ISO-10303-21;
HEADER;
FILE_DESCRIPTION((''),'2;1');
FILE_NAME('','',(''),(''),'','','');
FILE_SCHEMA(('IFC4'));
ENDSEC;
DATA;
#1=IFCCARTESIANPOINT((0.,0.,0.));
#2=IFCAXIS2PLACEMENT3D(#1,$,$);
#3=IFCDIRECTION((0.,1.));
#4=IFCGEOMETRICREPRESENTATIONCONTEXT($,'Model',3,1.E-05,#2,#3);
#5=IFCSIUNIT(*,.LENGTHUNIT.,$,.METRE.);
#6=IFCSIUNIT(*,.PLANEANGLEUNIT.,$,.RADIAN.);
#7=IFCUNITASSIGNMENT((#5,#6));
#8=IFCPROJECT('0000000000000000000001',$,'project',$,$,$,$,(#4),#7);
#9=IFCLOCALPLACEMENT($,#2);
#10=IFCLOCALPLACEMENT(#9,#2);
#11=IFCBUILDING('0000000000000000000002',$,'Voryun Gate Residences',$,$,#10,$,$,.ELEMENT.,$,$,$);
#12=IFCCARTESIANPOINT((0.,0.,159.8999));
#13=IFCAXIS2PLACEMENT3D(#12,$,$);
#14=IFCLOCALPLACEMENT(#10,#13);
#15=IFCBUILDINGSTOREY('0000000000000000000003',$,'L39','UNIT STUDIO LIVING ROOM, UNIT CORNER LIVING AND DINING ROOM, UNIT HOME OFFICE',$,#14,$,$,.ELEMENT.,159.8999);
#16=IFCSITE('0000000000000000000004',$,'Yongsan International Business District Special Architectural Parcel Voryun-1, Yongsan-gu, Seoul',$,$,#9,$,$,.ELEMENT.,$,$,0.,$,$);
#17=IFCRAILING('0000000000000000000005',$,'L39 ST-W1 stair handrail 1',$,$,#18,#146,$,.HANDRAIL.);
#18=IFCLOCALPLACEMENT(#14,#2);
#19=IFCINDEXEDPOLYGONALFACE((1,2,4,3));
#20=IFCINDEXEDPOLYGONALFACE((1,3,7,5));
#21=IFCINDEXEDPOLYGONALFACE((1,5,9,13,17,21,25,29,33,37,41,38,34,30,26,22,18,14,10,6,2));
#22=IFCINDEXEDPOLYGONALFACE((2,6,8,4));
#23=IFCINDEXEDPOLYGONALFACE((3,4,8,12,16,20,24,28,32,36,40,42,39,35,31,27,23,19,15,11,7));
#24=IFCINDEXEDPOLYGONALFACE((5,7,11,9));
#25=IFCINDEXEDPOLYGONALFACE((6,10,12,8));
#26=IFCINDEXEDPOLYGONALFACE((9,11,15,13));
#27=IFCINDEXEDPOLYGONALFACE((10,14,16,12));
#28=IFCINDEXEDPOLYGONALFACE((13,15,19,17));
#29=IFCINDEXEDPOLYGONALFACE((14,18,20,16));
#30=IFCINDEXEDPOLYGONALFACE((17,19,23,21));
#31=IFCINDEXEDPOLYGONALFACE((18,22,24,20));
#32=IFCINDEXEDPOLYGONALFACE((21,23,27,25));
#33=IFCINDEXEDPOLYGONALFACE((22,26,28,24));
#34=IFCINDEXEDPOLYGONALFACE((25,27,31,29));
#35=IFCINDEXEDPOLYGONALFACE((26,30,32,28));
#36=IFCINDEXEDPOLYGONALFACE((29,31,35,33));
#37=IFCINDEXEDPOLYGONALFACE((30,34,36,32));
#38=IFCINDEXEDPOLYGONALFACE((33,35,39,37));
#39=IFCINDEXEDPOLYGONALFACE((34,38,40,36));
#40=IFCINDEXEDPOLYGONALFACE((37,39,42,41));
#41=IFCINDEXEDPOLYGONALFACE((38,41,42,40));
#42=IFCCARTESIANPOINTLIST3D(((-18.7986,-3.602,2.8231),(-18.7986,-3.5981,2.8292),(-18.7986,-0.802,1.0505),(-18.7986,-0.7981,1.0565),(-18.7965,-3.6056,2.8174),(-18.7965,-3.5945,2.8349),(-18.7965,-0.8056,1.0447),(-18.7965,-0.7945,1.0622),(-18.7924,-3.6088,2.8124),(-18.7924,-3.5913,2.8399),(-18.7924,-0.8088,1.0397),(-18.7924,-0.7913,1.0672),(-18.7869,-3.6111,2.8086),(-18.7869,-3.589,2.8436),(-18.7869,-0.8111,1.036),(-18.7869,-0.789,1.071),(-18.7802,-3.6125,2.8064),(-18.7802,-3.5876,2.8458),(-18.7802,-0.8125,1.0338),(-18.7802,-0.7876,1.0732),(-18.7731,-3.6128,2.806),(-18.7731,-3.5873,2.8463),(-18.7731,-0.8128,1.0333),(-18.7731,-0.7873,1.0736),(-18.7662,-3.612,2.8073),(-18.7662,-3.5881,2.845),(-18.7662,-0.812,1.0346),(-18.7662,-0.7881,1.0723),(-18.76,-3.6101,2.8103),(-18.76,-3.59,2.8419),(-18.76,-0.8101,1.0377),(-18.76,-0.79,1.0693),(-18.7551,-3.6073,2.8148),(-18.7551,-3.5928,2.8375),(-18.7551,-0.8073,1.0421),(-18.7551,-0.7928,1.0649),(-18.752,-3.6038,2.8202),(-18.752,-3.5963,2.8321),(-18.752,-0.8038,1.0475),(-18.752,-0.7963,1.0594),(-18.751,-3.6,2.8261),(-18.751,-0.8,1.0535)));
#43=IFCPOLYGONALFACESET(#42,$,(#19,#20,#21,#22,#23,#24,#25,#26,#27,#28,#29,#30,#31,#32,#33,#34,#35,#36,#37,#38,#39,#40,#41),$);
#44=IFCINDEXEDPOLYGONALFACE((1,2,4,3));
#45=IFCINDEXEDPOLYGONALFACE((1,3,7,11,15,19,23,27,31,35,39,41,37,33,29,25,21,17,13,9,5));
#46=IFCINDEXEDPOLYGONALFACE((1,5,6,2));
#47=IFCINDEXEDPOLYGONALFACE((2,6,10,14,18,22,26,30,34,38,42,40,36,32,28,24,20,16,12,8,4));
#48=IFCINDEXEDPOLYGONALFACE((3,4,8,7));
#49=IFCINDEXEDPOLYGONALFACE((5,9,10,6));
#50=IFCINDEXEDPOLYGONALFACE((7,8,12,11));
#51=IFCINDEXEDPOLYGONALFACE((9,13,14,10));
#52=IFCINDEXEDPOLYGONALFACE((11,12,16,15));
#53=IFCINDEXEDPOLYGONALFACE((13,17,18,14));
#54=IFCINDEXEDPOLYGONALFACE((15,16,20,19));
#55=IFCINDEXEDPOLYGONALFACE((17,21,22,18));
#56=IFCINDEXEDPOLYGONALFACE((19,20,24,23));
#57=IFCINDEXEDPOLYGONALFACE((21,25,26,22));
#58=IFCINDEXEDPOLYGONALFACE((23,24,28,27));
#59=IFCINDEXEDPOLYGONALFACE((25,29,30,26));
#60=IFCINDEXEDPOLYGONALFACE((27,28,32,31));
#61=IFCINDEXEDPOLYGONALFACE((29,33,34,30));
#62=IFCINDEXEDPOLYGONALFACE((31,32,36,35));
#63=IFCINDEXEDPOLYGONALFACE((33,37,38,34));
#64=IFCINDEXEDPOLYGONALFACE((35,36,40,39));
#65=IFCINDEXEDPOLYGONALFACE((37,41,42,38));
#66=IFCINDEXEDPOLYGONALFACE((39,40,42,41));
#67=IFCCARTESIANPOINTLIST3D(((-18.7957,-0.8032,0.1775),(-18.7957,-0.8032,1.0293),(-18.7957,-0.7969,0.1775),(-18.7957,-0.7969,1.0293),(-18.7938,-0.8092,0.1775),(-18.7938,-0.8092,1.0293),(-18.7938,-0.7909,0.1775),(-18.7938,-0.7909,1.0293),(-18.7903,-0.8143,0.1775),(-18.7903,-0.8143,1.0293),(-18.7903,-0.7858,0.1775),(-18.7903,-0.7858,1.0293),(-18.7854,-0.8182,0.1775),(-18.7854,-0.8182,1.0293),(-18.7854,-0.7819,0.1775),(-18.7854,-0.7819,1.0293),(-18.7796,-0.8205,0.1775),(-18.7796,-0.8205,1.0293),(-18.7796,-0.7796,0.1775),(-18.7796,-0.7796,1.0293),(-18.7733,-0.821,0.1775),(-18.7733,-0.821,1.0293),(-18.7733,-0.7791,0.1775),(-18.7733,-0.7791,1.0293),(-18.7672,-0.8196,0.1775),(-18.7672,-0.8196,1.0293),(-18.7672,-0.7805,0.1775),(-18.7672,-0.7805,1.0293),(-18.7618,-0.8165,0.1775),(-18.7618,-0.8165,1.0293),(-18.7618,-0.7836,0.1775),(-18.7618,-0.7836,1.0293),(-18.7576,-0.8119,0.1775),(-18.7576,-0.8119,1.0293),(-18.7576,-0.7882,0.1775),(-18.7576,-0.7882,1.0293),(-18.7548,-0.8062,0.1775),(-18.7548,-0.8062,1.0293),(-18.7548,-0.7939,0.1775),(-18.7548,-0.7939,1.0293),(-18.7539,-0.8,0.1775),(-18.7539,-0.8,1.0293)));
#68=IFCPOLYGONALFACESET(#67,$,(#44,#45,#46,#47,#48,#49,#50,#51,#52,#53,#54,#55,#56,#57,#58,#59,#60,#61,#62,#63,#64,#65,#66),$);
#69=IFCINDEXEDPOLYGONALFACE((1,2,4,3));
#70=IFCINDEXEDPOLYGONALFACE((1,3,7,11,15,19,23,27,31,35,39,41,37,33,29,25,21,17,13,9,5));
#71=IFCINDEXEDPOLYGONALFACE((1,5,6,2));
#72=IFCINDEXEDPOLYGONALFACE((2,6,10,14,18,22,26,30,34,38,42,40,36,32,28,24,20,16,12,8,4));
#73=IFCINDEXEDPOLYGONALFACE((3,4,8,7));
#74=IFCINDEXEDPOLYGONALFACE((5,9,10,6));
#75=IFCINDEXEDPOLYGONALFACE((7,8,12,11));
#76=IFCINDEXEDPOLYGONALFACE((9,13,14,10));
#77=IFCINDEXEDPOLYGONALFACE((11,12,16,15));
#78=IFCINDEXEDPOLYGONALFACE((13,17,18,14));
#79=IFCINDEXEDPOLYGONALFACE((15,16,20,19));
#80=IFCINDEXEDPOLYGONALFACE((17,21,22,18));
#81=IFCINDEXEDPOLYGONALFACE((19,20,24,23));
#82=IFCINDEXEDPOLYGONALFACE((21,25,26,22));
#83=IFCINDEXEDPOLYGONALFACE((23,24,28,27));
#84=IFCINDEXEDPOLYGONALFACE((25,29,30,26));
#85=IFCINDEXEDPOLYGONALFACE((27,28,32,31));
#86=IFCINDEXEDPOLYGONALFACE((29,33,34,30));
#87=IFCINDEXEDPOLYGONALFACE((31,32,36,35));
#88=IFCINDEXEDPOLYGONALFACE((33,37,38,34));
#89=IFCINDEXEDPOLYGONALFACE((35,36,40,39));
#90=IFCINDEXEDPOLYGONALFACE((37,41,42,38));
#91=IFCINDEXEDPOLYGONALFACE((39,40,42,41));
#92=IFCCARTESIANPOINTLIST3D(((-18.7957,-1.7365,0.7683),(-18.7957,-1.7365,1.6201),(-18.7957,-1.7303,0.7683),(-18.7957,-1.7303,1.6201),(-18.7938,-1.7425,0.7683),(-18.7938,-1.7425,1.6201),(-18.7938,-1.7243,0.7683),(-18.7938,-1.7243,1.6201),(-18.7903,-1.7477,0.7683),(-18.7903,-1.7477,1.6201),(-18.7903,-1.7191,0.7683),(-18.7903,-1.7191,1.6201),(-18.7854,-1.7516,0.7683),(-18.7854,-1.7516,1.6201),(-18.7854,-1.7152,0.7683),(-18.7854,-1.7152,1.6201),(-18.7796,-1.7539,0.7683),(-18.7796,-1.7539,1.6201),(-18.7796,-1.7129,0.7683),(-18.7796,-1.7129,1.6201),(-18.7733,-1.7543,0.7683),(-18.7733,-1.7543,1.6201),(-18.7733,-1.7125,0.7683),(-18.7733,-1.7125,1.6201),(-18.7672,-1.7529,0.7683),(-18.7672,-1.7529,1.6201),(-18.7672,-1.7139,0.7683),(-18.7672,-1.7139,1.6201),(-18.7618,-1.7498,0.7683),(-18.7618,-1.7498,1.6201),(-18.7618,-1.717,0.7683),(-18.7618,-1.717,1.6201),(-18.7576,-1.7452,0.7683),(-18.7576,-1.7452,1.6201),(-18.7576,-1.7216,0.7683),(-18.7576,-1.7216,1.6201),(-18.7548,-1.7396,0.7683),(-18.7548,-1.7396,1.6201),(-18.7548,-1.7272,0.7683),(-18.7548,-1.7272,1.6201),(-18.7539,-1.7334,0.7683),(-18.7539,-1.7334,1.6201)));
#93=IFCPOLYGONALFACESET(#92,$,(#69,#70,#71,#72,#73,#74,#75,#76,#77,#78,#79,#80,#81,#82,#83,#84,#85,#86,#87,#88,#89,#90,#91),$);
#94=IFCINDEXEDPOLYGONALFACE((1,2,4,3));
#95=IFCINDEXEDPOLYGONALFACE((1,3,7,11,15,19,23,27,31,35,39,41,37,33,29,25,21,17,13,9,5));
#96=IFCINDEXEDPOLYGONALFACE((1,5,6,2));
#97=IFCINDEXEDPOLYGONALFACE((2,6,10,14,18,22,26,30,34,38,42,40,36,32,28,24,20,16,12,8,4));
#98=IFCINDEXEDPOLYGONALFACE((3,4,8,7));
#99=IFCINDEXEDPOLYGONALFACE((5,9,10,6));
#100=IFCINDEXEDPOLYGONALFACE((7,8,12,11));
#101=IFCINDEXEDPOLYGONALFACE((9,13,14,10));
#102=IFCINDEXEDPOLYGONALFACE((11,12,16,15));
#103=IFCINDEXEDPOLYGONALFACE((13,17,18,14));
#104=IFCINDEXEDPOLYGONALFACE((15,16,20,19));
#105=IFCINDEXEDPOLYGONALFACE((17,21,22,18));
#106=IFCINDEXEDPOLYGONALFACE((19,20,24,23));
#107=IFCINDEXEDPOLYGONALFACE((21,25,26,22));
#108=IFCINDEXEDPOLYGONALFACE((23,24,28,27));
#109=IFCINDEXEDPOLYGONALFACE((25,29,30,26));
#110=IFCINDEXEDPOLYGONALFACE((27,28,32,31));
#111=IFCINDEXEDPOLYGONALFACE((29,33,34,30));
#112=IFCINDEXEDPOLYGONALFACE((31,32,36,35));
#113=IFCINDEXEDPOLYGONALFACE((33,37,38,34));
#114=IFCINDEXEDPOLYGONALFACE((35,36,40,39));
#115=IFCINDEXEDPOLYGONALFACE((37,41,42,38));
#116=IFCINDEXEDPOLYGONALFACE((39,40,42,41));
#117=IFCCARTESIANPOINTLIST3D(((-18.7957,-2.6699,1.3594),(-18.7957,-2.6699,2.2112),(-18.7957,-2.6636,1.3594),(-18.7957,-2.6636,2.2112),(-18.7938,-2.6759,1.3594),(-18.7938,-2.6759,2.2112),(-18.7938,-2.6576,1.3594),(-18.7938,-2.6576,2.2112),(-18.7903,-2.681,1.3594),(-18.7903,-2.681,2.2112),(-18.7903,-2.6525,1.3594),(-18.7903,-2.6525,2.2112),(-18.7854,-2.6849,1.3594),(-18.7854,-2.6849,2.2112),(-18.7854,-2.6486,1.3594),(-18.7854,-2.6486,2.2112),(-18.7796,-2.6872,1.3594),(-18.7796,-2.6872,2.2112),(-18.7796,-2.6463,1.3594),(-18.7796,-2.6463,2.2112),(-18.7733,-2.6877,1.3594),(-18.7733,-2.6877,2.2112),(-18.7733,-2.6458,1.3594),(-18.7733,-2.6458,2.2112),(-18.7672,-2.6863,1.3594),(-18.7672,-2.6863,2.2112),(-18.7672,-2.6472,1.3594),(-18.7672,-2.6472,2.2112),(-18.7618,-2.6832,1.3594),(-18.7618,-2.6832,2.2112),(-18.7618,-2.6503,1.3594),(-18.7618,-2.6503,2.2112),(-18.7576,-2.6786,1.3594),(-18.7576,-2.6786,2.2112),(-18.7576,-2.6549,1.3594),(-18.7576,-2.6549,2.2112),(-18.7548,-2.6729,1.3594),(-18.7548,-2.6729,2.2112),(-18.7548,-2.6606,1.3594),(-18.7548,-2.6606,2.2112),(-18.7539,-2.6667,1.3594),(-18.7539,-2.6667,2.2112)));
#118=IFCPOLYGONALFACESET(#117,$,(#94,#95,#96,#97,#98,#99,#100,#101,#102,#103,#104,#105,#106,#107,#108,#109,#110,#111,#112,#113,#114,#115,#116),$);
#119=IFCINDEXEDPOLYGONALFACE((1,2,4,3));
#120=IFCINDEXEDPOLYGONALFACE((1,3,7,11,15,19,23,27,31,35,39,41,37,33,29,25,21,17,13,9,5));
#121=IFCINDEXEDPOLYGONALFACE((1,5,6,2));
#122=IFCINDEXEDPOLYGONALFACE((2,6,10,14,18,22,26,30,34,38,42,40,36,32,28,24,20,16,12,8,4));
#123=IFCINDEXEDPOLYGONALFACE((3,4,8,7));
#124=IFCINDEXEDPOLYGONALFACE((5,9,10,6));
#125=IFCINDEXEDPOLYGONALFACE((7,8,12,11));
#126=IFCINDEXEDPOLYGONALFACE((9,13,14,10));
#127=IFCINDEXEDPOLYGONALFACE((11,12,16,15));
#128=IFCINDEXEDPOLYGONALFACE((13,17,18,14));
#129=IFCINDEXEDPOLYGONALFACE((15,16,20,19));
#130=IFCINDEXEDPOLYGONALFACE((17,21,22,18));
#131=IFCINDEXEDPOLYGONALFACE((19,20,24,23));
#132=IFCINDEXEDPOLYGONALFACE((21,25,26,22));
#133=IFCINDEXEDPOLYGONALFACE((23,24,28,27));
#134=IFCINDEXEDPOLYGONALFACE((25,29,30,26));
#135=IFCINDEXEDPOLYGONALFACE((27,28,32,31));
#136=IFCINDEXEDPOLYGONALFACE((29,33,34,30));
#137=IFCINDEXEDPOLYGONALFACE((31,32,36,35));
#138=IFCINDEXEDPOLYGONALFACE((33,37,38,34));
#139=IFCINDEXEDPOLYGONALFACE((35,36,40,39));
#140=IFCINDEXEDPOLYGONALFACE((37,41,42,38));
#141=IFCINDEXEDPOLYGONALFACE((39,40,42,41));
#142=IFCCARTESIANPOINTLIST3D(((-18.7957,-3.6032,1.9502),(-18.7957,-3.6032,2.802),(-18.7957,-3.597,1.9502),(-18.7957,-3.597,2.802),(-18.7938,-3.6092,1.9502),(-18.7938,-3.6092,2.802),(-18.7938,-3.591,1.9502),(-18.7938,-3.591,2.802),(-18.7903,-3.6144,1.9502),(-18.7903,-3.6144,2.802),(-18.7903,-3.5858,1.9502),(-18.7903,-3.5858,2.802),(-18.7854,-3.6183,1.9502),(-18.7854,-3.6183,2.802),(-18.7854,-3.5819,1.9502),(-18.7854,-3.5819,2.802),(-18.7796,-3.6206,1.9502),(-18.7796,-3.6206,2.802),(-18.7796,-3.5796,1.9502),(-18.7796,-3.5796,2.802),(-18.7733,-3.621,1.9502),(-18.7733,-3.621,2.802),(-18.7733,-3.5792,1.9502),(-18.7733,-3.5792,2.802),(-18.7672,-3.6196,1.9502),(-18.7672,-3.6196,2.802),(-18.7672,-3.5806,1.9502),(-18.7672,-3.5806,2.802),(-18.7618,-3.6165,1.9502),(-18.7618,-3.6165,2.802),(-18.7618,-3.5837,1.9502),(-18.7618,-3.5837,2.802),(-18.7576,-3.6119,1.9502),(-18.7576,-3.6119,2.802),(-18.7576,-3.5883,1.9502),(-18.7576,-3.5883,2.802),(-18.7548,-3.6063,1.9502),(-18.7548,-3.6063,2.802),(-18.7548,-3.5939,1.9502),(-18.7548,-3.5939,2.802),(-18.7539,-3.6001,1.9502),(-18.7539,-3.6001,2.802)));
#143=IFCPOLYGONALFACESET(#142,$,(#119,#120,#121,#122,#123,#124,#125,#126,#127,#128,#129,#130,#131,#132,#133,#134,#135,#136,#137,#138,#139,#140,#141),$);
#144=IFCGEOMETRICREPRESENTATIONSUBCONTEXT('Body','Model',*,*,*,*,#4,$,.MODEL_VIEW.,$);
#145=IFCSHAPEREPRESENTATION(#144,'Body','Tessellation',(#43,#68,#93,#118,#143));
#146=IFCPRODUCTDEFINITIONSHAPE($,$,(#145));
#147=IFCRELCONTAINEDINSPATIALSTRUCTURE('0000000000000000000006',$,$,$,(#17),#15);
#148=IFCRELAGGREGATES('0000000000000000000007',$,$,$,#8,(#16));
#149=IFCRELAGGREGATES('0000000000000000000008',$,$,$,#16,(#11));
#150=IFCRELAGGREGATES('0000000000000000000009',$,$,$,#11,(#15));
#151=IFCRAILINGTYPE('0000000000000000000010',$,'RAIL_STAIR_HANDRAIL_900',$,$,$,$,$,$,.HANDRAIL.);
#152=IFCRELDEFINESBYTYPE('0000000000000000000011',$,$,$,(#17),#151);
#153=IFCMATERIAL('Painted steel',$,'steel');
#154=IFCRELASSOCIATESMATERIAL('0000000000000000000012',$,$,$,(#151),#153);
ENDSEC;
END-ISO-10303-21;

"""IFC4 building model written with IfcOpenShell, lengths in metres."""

from ifc_helpers import new_model, si_unit, direction, frame, origin, origin_2d, place, context, subcontext, project, spatial, circle, extrude, material, type_object, element, save


model = new_model("IFC4")

# Units and contexts
model_context = context("Model", 3, precision=1e-05, world=origin(), true_north=direction((0.0, 1.0)))
body_context = subcontext(model_context, "Body", "Model", "MODEL_VIEW")
ifc_project = project(units=[si_unit("LENGTHUNIT", "METRE"), si_unit("PLANEANGLEUNIT", "RADIAN")], contexts=[model_context])

# Site, building, storey
site_placement = place(None, origin())
site = spatial("IfcSite", under=ifc_project, at=site_placement, Name="Yongsan International Business District Special Architectural Parcel Voryun-1, Yongsan-gu, Seoul", CompositionType="ELEMENT", RefElevation=0.0)
building_placement = place(site_placement, origin())
building = spatial("IfcBuilding", under=site, at=building_placement, Name="Voryun Gate Residences", CompositionType="ELEMENT")
storey_placement = place(building_placement, frame((0.0, 0.0, 159.8999)))
storey = spatial("IfcBuildingStorey", under=building, at=storey_placement, Name="L39", Description="UNIT STUDIO LIVING ROOM, UNIT CORNER LIVING AND DINING ROOM, UNIT HOME OFFICE", CompositionType="ELEMENT", Elevation=159.8999)

# Railing
ifc_material_1 = material(Name="Painted steel", Category="steel")
railing_type_1 = type_object("IfcRailingType", Name="RAIL_STAIR_HANDRAIL_900", PredefinedType="HANDRAIL", material=ifc_material_1)
railing_1_placement = place(storey_placement, frame((-18.7749, -0.8, 0.1775)))
element("IfcRailing", 1, at=railing_1_placement, inside=storey, type_object=railing_type_1, Name="L39 ST-W1 stair handrail 1", PredefinedType="HANDRAIL", context=body_context, shape_type="SweptSolid", body=[
    extrude(circle(Radius=0.0239, at=origin_2d()), frame((0.0, 0.0, 0.876), z_axis=(0.0, -0.844909, 0.53491), x_axis=(1.0, 0.0, 0.0)), (0.0, 0.0, 1.0), 3.314),
    extrude(circle(Radius=0.021, at=origin_2d()), origin(), (0.0, 0.0, 1.0), 0.8518),
    extrude(circle(Radius=0.021, at=origin_2d()), frame((0.0, -0.9333, 0.5908)), (0.0, 0.0, 1.0), 0.8518),
    extrude(circle(Radius=0.021, at=origin_2d()), frame((0.0, -1.8667, 1.1819)), (0.0, 0.0, 1.0), 0.8518),
    extrude(circle(Radius=0.021, at=origin_2d()), frame((0.0, -2.8, 1.7727)), (0.0, 0.0, 1.0), 0.8518),
])

save(model, "model.ifc")
